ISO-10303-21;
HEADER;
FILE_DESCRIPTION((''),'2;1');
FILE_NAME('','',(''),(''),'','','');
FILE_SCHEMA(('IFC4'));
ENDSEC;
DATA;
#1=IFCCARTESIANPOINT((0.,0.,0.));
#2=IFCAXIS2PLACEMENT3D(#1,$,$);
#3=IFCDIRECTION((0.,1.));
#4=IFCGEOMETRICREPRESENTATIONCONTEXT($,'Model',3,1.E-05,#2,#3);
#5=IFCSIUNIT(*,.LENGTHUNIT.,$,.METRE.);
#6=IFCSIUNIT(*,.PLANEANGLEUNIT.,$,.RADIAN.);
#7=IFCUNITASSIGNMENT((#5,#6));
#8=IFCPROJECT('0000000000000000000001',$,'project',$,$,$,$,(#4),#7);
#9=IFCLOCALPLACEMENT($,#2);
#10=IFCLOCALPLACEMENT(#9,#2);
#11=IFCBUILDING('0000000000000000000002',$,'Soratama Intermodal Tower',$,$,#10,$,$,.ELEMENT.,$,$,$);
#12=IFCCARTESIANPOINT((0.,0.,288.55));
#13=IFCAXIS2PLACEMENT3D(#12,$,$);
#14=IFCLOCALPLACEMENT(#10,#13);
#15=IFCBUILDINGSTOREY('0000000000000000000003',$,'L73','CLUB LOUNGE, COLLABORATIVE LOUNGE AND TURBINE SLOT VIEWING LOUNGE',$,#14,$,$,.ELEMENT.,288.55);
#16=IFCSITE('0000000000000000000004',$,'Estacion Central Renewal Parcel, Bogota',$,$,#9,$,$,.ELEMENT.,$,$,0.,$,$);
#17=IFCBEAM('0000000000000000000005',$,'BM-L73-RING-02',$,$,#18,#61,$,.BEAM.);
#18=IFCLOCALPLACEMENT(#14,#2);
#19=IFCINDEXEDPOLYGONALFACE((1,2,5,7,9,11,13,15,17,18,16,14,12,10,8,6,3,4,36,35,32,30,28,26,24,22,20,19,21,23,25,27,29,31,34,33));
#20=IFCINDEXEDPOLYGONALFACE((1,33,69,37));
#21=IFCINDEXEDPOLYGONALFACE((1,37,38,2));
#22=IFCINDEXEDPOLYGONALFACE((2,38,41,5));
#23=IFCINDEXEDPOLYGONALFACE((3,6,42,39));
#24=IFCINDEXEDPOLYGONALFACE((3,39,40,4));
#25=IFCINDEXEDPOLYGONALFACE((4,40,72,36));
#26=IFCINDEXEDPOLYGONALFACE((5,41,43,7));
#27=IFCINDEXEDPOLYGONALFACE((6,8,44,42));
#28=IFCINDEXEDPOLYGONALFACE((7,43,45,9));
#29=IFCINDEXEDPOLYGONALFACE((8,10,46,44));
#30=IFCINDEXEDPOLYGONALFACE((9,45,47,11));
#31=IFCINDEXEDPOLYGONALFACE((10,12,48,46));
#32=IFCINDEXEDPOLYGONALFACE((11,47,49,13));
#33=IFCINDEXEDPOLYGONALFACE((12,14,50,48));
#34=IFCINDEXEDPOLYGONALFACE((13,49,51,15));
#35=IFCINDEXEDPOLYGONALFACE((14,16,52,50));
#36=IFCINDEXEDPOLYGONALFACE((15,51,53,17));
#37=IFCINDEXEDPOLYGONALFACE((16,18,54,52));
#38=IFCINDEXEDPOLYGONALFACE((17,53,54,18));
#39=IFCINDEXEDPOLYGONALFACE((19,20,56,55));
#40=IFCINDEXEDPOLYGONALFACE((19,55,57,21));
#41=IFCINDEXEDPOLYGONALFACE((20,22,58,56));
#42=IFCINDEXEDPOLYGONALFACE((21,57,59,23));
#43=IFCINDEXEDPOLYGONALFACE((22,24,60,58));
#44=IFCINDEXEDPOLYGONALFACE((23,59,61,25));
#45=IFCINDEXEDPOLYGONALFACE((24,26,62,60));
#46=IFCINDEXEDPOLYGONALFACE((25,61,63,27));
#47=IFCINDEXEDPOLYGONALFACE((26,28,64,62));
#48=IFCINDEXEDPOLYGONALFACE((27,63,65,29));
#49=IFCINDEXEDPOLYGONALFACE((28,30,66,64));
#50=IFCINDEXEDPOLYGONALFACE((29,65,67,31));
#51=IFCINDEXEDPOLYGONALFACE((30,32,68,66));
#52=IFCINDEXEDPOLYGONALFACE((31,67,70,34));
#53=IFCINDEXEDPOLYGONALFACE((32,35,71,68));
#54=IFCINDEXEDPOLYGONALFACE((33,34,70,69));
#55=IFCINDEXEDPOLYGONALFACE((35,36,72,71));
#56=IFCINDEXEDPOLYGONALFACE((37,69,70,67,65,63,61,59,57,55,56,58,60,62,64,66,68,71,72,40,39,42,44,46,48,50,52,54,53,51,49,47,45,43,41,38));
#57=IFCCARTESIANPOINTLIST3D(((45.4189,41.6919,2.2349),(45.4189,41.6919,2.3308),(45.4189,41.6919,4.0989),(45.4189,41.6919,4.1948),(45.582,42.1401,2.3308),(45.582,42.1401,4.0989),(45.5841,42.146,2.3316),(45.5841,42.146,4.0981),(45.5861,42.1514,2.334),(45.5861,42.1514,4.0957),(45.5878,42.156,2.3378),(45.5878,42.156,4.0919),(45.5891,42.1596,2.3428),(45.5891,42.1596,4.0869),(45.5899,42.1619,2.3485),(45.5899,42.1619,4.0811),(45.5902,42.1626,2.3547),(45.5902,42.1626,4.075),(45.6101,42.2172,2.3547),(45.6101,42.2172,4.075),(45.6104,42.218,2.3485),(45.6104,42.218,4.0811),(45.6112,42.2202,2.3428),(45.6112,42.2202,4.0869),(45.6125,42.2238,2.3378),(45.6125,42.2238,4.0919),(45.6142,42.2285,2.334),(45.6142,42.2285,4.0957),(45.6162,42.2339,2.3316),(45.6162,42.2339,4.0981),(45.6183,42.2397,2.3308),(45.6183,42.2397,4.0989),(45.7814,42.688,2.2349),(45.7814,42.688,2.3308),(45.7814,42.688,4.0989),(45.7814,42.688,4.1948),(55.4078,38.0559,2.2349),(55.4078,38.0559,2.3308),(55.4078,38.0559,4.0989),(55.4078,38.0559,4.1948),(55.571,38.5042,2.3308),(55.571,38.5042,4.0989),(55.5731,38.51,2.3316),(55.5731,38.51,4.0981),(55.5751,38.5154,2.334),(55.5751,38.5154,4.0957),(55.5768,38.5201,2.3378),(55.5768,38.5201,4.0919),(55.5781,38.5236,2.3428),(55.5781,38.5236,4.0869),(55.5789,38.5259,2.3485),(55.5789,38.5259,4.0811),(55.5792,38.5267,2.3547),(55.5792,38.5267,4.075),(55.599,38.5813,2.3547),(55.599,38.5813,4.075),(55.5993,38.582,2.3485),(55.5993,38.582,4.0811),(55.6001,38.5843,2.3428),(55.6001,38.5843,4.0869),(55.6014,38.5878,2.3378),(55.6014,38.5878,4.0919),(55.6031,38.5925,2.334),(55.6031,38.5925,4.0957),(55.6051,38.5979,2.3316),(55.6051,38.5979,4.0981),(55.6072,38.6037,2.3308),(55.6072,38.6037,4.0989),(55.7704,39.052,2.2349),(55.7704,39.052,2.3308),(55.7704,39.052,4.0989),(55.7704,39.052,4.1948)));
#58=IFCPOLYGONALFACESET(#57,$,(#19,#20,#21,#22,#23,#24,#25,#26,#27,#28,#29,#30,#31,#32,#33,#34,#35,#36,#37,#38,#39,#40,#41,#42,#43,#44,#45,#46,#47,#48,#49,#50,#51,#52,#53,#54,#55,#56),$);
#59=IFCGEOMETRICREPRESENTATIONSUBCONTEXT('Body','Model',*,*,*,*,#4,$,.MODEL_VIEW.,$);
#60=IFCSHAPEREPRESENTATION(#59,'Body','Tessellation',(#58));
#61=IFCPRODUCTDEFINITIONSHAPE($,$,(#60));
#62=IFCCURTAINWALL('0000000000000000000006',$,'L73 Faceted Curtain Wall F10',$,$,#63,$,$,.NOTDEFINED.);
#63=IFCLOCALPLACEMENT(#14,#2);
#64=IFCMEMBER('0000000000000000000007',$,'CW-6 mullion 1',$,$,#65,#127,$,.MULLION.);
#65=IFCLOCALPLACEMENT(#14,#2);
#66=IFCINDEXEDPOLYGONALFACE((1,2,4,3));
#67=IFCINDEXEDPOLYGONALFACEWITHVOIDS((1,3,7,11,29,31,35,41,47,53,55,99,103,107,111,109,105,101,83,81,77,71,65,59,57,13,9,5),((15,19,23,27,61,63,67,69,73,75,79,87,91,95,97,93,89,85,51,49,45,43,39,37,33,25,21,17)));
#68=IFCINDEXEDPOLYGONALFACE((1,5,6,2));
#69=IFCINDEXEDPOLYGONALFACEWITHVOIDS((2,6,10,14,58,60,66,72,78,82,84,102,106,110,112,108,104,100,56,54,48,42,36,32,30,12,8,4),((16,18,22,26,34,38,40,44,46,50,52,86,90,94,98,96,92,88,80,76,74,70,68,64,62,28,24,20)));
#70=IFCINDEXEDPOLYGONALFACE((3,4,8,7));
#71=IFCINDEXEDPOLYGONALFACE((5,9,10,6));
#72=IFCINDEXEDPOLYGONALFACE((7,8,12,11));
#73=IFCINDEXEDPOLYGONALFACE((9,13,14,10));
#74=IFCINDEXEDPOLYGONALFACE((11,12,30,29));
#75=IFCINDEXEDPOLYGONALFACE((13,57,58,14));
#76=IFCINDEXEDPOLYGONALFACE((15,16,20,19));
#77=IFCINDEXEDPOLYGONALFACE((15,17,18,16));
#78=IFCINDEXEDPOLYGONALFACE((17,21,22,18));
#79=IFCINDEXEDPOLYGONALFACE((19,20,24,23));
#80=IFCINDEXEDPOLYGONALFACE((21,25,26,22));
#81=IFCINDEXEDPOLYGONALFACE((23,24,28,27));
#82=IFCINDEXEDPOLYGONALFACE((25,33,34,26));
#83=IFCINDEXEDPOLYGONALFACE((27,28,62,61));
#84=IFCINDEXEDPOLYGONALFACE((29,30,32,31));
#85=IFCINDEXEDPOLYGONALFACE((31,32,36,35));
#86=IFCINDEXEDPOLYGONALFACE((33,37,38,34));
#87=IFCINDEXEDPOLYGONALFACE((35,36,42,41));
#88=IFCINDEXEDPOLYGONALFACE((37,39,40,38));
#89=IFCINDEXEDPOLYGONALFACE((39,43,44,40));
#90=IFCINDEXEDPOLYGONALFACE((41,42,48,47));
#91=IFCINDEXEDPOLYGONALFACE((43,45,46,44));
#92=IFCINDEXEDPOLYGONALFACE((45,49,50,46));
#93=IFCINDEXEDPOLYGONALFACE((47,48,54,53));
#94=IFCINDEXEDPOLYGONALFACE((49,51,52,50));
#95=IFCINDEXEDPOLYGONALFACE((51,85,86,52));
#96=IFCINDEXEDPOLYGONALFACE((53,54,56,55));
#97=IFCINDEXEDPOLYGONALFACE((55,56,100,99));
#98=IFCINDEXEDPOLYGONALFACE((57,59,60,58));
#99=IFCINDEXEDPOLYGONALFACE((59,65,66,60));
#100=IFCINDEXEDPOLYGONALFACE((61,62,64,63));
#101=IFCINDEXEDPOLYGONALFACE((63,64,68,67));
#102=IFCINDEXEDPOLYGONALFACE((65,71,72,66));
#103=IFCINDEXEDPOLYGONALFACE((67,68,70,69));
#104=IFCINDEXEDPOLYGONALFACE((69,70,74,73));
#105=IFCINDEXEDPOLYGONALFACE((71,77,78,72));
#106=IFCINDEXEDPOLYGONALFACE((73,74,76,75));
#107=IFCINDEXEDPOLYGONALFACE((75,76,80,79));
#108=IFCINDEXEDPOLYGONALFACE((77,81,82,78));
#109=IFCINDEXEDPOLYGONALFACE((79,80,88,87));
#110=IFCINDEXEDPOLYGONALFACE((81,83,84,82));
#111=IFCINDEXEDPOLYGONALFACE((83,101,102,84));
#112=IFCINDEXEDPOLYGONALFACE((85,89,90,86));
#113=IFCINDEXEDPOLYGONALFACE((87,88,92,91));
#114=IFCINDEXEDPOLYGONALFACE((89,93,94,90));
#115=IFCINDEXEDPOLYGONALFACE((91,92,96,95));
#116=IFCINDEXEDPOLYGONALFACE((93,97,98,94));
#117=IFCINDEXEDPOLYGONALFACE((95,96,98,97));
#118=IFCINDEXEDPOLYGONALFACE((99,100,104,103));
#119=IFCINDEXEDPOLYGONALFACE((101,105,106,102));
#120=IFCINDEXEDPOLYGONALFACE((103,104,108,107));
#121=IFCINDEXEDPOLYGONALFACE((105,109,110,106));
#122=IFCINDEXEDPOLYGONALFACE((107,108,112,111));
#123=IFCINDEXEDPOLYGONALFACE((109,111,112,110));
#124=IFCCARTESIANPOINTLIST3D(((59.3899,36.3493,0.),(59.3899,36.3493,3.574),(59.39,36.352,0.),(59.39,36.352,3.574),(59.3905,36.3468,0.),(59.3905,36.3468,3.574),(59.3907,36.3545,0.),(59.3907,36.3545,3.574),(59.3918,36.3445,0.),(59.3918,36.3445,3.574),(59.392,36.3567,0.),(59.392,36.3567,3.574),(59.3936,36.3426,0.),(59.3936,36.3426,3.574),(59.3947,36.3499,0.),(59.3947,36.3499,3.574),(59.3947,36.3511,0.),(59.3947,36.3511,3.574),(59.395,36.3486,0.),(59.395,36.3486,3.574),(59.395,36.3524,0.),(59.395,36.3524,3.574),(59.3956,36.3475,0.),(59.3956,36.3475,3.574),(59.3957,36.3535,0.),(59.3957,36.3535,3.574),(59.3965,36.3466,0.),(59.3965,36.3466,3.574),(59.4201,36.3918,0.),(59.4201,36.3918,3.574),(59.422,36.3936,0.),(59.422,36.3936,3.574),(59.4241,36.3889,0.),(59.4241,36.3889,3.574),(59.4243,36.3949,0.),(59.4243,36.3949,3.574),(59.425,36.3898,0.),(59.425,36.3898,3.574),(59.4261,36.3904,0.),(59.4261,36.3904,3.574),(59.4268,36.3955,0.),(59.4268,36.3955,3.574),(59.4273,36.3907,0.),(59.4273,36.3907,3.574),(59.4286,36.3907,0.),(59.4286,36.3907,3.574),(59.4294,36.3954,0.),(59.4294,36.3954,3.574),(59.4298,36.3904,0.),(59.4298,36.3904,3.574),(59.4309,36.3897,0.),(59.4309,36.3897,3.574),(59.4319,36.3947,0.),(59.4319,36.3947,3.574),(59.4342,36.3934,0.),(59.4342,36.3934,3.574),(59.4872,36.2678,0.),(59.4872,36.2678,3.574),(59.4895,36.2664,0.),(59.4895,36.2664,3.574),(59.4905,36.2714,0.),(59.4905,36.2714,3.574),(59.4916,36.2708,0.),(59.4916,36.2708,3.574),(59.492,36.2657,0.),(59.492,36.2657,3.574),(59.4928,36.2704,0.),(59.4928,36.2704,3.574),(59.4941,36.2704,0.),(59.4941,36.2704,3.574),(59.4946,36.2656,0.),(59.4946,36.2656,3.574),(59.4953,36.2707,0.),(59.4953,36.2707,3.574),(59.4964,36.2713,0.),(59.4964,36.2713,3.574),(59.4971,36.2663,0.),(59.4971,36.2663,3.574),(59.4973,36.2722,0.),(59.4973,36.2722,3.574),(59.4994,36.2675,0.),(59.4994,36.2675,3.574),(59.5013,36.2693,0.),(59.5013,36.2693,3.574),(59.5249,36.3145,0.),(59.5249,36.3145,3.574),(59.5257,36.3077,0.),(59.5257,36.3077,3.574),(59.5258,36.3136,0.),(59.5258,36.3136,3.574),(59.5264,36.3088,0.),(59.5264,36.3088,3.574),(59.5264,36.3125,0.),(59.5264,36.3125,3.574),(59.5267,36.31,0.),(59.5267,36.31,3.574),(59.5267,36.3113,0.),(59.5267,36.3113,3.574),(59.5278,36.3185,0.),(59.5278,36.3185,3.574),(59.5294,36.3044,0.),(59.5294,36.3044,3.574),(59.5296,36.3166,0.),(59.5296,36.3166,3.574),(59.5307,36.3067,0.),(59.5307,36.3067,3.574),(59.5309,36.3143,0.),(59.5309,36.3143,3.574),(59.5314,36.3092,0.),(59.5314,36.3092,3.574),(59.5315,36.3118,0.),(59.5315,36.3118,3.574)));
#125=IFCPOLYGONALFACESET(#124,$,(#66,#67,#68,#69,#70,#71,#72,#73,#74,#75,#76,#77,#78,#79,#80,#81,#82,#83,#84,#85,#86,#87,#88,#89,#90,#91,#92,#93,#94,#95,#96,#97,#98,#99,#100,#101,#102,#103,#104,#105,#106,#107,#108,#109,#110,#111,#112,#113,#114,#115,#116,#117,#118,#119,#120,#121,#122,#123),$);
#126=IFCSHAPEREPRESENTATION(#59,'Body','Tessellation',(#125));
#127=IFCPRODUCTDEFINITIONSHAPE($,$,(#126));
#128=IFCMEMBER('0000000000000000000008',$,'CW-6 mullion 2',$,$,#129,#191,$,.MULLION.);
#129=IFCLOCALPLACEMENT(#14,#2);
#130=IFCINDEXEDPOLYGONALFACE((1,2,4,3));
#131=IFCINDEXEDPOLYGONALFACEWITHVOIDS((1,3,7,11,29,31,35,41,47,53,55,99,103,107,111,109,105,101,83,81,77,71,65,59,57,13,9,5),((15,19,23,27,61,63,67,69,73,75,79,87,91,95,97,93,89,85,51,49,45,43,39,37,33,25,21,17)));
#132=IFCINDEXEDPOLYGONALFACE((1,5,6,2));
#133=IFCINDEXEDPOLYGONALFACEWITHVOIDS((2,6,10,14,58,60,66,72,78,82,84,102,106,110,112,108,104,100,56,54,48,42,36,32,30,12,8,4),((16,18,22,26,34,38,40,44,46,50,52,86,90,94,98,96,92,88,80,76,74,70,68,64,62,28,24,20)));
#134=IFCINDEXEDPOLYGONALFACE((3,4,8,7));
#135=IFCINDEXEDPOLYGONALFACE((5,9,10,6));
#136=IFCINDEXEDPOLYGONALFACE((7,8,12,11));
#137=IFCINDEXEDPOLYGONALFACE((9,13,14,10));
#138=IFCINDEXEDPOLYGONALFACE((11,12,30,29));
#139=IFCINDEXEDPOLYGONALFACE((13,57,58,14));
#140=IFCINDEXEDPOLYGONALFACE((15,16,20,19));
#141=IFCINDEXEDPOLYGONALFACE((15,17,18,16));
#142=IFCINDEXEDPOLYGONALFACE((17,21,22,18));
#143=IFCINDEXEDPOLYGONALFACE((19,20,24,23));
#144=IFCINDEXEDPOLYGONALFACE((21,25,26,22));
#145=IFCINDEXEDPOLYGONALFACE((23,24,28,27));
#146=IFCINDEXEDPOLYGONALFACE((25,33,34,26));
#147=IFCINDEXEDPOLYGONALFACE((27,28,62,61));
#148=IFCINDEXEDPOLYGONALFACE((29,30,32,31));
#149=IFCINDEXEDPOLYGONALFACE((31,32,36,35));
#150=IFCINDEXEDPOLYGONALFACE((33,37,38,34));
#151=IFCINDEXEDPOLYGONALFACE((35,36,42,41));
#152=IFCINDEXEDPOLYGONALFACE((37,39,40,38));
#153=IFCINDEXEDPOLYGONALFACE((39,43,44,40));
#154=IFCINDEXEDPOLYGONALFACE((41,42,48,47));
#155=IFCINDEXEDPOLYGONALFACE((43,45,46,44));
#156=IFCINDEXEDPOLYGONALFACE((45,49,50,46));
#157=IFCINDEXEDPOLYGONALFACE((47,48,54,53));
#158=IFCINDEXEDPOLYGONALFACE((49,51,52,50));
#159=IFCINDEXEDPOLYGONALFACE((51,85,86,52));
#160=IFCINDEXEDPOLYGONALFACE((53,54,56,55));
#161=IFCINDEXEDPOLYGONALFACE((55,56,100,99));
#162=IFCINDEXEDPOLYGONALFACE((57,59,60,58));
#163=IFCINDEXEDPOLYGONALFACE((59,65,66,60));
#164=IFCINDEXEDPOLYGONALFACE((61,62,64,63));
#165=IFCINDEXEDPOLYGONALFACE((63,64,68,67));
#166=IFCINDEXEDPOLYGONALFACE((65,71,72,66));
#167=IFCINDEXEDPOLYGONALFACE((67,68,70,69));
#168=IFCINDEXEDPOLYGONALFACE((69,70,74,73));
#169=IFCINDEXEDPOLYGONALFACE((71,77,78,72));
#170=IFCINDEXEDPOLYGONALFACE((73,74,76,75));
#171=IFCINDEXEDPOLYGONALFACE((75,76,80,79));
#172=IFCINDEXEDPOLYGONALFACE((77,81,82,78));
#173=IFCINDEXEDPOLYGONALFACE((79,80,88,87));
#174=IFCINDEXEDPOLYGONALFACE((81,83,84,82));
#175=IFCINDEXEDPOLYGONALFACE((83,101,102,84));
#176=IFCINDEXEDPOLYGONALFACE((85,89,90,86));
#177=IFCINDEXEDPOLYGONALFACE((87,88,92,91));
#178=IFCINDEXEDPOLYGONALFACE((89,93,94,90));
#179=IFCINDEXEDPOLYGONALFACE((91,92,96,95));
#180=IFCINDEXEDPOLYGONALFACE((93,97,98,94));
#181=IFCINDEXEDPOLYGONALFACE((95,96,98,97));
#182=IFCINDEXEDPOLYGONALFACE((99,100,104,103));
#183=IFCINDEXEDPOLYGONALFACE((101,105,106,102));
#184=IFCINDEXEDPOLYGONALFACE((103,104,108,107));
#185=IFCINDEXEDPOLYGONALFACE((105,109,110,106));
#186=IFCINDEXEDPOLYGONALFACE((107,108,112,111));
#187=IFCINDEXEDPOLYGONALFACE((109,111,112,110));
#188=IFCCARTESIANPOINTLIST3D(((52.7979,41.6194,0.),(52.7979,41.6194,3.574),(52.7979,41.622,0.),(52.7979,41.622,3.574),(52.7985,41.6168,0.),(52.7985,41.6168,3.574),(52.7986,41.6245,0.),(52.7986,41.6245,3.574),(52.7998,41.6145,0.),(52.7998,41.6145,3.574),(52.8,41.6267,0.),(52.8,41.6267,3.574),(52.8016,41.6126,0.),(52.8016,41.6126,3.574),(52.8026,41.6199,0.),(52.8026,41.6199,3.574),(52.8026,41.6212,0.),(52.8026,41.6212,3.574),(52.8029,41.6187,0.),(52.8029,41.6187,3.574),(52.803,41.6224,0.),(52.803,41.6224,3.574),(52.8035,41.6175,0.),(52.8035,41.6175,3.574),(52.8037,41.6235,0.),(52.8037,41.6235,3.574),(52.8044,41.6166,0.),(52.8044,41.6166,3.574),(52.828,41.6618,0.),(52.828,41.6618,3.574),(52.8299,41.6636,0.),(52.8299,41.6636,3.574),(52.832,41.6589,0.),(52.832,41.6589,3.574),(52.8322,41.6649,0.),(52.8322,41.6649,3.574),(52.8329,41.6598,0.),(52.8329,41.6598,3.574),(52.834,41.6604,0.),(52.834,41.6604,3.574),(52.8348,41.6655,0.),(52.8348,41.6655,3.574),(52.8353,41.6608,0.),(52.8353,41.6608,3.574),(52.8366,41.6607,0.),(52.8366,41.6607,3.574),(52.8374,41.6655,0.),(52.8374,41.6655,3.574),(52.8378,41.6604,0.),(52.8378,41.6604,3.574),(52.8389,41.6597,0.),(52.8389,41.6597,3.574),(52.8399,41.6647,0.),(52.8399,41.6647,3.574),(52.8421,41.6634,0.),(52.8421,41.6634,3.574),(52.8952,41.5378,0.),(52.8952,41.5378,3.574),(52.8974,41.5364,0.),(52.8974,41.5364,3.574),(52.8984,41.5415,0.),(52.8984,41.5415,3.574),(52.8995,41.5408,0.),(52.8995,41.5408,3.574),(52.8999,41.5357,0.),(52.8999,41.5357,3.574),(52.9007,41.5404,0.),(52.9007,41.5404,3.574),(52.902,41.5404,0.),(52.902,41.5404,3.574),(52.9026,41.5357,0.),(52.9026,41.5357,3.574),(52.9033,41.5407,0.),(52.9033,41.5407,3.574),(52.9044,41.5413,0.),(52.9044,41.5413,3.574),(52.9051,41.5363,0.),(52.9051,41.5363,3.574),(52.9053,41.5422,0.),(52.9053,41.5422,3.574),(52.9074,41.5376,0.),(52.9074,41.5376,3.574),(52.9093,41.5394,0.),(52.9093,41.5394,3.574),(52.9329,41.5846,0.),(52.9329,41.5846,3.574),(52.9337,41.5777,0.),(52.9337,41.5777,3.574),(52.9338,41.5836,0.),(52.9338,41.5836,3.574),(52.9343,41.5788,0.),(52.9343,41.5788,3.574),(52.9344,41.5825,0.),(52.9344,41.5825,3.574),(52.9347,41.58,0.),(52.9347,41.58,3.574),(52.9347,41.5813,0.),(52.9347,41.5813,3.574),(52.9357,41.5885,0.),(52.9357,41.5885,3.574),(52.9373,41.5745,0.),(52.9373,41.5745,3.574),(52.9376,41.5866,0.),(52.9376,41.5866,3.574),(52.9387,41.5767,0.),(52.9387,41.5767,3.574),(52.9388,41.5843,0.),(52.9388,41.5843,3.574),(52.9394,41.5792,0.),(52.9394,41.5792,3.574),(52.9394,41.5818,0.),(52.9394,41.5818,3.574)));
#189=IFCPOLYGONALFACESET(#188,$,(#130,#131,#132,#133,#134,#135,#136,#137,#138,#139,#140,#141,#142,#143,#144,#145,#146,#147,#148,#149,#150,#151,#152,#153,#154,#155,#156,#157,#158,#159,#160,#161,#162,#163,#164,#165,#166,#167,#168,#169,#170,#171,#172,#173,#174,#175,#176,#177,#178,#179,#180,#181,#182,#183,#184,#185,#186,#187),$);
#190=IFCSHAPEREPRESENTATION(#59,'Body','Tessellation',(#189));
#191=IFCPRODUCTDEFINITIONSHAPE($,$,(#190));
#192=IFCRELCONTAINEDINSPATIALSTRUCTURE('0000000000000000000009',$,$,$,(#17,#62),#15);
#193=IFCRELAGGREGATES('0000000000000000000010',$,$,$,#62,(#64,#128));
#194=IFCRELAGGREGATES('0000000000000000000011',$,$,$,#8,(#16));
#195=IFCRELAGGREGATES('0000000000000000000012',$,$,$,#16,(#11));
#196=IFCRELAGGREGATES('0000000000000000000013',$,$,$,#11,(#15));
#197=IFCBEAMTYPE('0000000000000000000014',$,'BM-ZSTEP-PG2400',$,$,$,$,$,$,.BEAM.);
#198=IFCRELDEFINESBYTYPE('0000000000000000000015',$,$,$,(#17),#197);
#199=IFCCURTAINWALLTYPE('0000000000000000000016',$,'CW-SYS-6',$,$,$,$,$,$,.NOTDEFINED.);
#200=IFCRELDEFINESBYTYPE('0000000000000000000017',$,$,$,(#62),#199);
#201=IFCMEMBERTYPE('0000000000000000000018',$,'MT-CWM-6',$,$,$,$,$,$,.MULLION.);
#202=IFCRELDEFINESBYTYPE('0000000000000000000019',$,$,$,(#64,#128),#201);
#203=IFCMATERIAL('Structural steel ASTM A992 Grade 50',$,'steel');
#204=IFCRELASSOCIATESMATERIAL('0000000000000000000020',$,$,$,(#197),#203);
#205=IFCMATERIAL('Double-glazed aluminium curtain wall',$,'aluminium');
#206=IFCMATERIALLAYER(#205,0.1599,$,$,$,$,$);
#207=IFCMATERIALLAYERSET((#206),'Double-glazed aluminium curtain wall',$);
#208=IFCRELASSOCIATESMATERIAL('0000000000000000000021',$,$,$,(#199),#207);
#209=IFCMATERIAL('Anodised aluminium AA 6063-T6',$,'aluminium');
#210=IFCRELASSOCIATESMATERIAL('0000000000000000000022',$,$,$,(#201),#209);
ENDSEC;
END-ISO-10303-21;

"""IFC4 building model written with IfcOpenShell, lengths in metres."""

from ifc_helpers import new_model, si_unit, direction, frame, origin, origin_2d, place, context, subcontext, project, spatial, hollow_rectangle, i_section, extrude, material, layer, layer_set, material_profile, profile_set, type_object, element, aggregate, save


model = new_model("IFC4")

# Units and contexts
model_context = context("Model", 3, precision=1e-05, world=origin(), true_north=direction((0.0, 1.0)))
body_context = subcontext(model_context, "Body", "Model", "MODEL_VIEW")
ifc_project = project(units=[si_unit("LENGTHUNIT", "METRE"), si_unit("PLANEANGLEUNIT", "RADIAN")], contexts=[model_context])

# Site, building, storey
site_placement = place(None, origin())
site = spatial("IfcSite", under=ifc_project, at=site_placement, Name="Estacion Central Renewal Parcel, Bogota", CompositionType="ELEMENT", RefElevation=0.0)
building_placement = place(site_placement, origin())
building = spatial("IfcBuilding", under=site, at=building_placement, Name="Soratama Intermodal Tower", CompositionType="ELEMENT")
storey_placement = place(building_placement, frame((0.0, 0.0, 288.55)))
storey = spatial("IfcBuildingStorey", under=building, at=storey_placement, Name="L73", Description="CLUB LOUNGE, COLLABORATIVE LOUNGE AND TURBINE SLOT VIEWING LOUNGE", CompositionType="ELEMENT", Elevation=288.55)

# Beam
ifc_material_1 = material(Name="Structural steel ASTM A992 Grade 50", Category="steel")
ifc_material_profile_1 = material_profile(ifc_material_1, i_section(OverallWidth=1.0601, OverallDepth=1.96, WebThickness=0.0581, FlangeThickness=0.0959, FilletRadius=0.0239, at=origin_2d()), Name="PG2400X900")
ifc_profile_set_1 = profile_set([ifc_material_profile_1], Name="Structural steel ASTM A992 Grade 50")
beam_type_1 = type_object("IfcBeamType", Name="BM-ZSTEP-PG2400", PredefinedType="BEAM", material=ifc_profile_set_1)
beam_1_placement = place(storey_placement, frame((55.5891, 38.554, 3.2148), z_axis=(-0.939684, 0.342044, 0.0), x_axis=(-0.342044, -0.939684, 0.0)))
element("IfcBeam", 1, at=beam_1_placement, inside=storey, type_object=beam_type_1, Name="BM-L73-RING-02", PredefinedType="BEAM", context=body_context, shape_type="SweptSolid", body=[
    extrude(i_section(OverallWidth=1.0601, OverallDepth=1.96, WebThickness=0.0581, FlangeThickness=0.0959, FilletRadius=0.0239, at=origin_2d()), origin(), (0.0, 0.0, 1.0), 10.6301),
])

# Curtain wall, members
ifc_material_2 = material(Name="Double-glazed aluminium curtain wall", Category="aluminium")
ifc_layer_1 = layer(ifc_material_2, 0.1599)
ifc_layer_set_1 = layer_set([ifc_layer_1], Name="Double-glazed aluminium curtain wall")
curtain_wall_type = type_object("IfcCurtainWallType", Name="CW-SYS-6", PredefinedType="NOTDEFINED", material=ifc_layer_set_1)
curtain_wall_placement = place(storey_placement, origin())
curtain_wall = element("IfcCurtainWall", 2, at=curtain_wall_placement, inside=storey, type_object=curtain_wall_type, Name="L73 Faceted Curtain Wall F10", PredefinedType="NOTDEFINED")
ifc_material_3 = material(Name="Anodised aluminium AA 6063-T6", Category="aluminium")
ifc_material_profile_2 = material_profile(ifc_material_3, hollow_rectangle(XDim=0.0649, YDim=0.1399, WallThickness=0.0049, InnerFilletRadius=0.0049, OuterFilletRadius=0.01, at=origin_2d()), Name="CWM140X65X5")
ifc_profile_set_2 = profile_set([ifc_material_profile_2], Name="Anodised aluminium AA 6063-T6")
member_type_1 = type_object("IfcMemberType", Name="MT-CWM-6", PredefinedType="MULLION", material=ifc_profile_set_2)
member_1_placement = place(storey_placement, frame((59.4607, 36.3306, 0.0), z_axis=(0.0, 0.0, 1.0), x_axis=(-0.624424, -0.781086, 0.0)))
member_1 = element("IfcMember", 3, at=member_1_placement, type_object=member_type_1, Name="CW-6 mullion 1", PredefinedType="MULLION", context=body_context, shape_type="SweptSolid", body=[
    extrude(hollow_rectangle(XDim=0.0649, YDim=0.1399, WallThickness=0.0049, InnerFilletRadius=0.0049, OuterFilletRadius=0.01, at=origin_2d()), origin(), (0.0, 0.0, 1.0), 3.574),
])
member_2_placement = place(storey_placement, frame((52.8687, 41.6006, 0.0), z_axis=(0.0, 0.0, 1.0), x_axis=(-0.624424, -0.781086, 0.0)))
member_2 = element("IfcMember", 4, at=member_2_placement, type_object=member_type_1, Name="CW-6 mullion 2", PredefinedType="MULLION", context=body_context, shape_type="SweptSolid", body=[
    extrude(hollow_rectangle(XDim=0.0649, YDim=0.1399, WallThickness=0.0049, InnerFilletRadius=0.0049, OuterFilletRadius=0.01, at=origin_2d()), origin(), (0.0, 0.0, 1.0), 3.574),
])

aggregate(curtain_wall, [member_1, member_2])

save(model, "model.ifc")
